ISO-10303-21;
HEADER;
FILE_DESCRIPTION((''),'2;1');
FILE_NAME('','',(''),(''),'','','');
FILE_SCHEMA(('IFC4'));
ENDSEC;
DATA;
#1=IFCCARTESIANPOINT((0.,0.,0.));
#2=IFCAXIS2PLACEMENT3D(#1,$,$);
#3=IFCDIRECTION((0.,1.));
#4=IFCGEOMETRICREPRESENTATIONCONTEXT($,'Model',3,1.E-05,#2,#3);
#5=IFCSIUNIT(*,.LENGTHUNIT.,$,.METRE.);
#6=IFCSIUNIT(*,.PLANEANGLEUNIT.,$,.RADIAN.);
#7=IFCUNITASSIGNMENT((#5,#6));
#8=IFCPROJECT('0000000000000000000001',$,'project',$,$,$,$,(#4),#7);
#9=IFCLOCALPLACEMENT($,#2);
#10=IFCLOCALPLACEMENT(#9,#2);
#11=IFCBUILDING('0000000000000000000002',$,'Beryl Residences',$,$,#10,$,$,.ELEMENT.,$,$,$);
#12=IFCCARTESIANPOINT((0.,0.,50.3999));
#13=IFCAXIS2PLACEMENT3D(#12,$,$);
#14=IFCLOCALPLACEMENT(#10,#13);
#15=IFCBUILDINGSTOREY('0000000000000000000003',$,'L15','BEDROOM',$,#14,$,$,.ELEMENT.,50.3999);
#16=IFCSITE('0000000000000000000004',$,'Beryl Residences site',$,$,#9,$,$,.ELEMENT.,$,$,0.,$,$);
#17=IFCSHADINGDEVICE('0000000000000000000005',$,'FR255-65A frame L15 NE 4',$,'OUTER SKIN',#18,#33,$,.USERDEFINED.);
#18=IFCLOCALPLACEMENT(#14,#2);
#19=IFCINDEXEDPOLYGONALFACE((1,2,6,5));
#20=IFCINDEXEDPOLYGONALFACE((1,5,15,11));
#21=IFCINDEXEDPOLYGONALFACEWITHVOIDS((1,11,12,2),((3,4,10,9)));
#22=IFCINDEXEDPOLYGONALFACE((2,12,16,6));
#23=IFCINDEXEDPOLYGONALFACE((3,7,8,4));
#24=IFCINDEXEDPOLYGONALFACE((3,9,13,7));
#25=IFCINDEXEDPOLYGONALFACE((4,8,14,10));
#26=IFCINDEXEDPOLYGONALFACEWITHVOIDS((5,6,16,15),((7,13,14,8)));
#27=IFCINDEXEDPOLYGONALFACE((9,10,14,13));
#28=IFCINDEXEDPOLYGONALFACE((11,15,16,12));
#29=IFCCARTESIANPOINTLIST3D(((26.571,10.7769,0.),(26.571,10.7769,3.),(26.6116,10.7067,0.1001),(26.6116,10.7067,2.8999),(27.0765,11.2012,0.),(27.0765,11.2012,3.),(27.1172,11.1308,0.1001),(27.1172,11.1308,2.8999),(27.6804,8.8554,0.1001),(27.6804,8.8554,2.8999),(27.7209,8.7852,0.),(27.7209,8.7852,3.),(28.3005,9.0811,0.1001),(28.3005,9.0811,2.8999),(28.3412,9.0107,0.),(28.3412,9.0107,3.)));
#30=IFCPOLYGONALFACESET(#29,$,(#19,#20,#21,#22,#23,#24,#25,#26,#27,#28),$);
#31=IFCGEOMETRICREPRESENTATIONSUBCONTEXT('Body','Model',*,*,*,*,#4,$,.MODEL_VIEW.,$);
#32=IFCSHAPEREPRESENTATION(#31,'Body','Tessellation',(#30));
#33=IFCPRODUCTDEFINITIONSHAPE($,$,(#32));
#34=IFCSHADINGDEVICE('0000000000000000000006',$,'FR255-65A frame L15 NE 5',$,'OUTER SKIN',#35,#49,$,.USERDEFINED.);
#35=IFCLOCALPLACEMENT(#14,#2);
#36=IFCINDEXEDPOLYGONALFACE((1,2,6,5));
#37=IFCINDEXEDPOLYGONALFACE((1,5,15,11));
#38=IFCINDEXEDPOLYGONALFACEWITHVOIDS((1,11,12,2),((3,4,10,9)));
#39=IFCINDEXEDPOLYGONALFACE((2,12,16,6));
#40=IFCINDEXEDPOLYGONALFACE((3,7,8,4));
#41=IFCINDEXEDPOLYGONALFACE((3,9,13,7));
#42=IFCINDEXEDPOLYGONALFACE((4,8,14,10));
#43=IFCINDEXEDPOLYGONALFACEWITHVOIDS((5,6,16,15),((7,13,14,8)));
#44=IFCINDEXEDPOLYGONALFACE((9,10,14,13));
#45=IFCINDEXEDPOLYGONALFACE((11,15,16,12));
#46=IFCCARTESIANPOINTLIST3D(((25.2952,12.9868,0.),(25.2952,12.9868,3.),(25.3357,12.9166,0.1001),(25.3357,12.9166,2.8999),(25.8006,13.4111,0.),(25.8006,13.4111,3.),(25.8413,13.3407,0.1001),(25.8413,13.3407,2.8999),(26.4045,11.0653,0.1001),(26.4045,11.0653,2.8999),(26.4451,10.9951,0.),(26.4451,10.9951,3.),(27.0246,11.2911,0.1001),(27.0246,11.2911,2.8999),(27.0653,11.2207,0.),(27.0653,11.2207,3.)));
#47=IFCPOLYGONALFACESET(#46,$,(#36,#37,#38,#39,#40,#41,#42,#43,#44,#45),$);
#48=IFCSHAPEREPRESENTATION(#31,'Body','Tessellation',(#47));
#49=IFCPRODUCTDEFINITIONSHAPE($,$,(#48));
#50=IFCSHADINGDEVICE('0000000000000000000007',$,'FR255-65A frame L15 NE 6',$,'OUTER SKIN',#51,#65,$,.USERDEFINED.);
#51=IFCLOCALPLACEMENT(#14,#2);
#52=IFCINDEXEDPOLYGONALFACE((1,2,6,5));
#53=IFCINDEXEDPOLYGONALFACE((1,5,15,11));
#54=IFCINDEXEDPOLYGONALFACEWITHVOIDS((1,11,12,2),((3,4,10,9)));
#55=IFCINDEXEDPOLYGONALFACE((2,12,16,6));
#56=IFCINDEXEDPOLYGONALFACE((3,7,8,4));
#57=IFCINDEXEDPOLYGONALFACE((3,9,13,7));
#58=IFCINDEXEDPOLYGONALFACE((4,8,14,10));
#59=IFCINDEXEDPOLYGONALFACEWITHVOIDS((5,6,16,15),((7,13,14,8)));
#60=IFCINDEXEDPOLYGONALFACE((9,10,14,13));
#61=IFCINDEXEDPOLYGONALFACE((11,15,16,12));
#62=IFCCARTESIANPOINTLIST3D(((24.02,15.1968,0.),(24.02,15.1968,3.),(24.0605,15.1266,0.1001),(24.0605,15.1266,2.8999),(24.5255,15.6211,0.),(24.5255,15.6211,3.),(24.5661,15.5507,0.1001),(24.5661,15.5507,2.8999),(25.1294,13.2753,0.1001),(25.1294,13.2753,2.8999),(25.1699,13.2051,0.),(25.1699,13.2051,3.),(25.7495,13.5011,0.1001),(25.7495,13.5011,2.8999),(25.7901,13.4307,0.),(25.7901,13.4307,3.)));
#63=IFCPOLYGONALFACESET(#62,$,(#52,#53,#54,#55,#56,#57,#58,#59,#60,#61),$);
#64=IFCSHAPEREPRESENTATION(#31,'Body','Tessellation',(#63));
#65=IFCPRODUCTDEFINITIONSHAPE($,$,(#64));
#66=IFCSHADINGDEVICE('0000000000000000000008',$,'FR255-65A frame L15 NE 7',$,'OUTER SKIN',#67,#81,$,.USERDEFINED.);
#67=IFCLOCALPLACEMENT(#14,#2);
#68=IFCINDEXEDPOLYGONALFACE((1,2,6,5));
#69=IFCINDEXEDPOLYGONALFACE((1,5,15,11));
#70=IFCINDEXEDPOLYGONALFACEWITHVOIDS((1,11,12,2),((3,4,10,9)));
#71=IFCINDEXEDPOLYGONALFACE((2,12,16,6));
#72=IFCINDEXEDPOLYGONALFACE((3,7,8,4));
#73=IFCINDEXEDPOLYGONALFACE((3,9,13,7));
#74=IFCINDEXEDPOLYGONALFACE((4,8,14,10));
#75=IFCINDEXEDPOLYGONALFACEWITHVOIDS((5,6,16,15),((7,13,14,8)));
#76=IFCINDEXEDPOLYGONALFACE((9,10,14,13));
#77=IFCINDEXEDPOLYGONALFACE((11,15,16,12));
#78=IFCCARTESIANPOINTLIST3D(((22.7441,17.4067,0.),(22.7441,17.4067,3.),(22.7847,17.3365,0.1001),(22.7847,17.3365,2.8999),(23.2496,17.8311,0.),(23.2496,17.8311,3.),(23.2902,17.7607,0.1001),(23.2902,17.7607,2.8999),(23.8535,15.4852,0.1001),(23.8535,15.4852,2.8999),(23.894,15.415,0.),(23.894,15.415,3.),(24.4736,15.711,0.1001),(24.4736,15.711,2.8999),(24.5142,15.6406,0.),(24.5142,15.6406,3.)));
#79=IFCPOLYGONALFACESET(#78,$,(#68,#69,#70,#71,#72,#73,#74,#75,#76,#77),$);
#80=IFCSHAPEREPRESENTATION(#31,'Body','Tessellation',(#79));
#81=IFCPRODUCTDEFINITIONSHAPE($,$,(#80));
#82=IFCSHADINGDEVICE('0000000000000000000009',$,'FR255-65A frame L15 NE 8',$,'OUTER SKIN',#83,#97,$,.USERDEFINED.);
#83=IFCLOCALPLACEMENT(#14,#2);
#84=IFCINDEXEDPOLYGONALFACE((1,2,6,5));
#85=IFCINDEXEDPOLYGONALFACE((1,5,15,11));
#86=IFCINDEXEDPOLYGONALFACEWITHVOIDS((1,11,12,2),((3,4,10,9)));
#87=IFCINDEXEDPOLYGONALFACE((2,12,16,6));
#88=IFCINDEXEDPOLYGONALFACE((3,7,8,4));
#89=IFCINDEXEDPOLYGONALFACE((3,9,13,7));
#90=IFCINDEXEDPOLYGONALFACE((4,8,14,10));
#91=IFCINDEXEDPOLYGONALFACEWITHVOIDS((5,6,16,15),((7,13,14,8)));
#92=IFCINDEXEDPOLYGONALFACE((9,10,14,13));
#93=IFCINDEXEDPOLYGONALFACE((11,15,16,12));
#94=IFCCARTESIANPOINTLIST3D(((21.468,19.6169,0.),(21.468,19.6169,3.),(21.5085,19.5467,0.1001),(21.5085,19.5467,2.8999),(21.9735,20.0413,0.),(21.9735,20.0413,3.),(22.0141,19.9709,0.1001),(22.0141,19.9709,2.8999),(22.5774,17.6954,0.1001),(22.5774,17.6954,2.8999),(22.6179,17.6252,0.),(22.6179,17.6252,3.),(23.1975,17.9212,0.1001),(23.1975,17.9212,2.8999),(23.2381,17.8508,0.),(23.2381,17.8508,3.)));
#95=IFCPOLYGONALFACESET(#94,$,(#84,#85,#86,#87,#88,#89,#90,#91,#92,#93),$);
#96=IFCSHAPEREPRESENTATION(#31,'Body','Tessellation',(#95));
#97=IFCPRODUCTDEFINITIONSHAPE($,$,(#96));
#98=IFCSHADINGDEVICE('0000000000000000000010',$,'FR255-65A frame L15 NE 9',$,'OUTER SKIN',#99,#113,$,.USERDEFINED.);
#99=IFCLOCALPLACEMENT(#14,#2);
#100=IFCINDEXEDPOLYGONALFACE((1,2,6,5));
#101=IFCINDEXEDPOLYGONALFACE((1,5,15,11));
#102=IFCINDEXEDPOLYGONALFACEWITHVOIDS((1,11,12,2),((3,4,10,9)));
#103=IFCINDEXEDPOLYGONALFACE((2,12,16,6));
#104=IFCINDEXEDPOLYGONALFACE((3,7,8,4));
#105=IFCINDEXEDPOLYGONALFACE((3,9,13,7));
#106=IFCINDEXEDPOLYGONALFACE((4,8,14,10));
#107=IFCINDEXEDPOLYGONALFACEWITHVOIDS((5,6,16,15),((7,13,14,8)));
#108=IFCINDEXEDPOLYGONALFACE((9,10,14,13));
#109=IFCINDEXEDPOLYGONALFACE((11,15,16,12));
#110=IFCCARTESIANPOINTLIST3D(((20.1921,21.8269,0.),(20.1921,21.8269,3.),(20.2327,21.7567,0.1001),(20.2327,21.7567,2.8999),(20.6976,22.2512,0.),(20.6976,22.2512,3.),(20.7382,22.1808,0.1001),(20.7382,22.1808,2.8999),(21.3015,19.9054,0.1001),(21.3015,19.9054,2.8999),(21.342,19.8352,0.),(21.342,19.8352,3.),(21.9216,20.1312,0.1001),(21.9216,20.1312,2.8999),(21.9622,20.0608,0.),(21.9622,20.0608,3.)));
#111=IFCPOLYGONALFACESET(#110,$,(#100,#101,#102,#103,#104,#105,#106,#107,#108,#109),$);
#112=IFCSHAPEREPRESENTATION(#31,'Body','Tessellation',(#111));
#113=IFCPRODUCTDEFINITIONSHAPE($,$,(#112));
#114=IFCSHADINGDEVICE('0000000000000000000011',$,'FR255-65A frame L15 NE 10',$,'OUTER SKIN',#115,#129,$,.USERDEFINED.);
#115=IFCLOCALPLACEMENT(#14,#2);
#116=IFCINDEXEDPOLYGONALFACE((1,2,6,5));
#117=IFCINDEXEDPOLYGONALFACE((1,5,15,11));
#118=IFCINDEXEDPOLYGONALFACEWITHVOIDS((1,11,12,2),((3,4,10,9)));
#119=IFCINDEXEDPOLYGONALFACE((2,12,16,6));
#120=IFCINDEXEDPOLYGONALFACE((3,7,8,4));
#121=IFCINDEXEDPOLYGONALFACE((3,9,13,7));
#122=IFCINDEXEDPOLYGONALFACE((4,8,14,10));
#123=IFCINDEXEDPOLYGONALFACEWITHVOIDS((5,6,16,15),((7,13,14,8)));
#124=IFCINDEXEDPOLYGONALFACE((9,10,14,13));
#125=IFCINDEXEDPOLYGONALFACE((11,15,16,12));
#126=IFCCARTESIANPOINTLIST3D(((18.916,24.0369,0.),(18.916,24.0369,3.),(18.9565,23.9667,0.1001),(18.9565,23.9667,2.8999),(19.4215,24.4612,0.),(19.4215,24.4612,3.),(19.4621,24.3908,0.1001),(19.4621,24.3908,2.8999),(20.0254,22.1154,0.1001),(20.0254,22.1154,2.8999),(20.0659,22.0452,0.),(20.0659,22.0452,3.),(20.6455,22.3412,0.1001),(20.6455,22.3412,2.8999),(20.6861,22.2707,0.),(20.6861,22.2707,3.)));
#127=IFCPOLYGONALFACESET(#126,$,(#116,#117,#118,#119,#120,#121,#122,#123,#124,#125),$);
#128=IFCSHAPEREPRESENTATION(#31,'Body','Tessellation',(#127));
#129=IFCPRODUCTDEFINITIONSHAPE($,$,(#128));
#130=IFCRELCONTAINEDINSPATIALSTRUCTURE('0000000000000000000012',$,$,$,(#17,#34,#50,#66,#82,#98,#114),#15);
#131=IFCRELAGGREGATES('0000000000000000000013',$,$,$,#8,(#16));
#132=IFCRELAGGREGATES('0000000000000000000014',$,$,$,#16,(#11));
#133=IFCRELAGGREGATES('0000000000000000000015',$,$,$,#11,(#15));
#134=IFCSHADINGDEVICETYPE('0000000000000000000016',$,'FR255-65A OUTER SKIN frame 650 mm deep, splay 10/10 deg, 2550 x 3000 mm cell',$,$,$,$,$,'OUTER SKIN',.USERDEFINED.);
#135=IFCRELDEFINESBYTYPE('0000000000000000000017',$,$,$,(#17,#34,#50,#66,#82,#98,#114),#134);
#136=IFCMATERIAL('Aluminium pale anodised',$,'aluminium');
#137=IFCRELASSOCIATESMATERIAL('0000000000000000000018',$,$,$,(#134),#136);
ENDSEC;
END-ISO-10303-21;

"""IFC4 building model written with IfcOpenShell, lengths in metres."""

from ifc_helpers import new_model, entity, si_unit, direction, frame, origin, place, context, subcontext, project, spatial, source, transform, mapped, material, type_object, type_shapes, element, save


model = new_model("IFC4")

# Units and contexts
model_context = context("Model", 3, precision=1e-05, world=origin(), true_north=direction((0.0, 1.0)))
body_context = subcontext(model_context, "Body", "Model", "MODEL_VIEW")
ifc_project = project(units=[si_unit("LENGTHUNIT", "METRE"), si_unit("PLANEANGLEUNIT", "RADIAN")], contexts=[model_context])

# Site, building, storey
site_placement = place(None, origin())
site = spatial("IfcSite", under=ifc_project, at=site_placement, Name="Beryl Residences site", CompositionType="ELEMENT", RefElevation=0.0)
building_placement = place(site_placement, origin())
building = spatial("IfcBuilding", under=site, at=building_placement, Name="Beryl Residences", CompositionType="ELEMENT")
storey_placement = place(building_placement, frame((0.0, 0.0, 50.3999)))
storey = spatial("IfcBuildingStorey", under=building, at=storey_placement, Name="L15", Description="BEDROOM", CompositionType="ELEMENT", Elevation=50.3999)

# Shading devices
ifc_material_1 = material(Name="Aluminium pale anodised", Category="aluminium")
shading_device_type_1 = type_object("IfcShadingDeviceType", Name="FR255-65A OUTER SKIN frame 650 mm deep, splay 10/10 deg, 2550 x 3000 mm cell", ElementType="OUTER SKIN", PredefinedType="USERDEFINED", material=ifc_material_1)
cartesian_point_1 = entity("IfcCartesianPoint", [-1.1499, 0.0])
cartesian_point_2 = entity("IfcCartesianPoint", [-1.0688, 0.1001])
cartesian_point_3 = entity("IfcCartesianPoint", [-1.2646, 0.0])
cartesian_point_4 = entity("IfcCartesianPoint", [-1.1833, 0.1001])
shared_shape_1 = source(origin(), body_context, "Body", "SweptSolid", [
    entity("IfcExtrudedAreaSolidTapered", entity("IfcArbitraryProfileDefWithVoids", "AREA", None, entity("IfcPolyline", [cartesian_point_1, entity("IfcCartesianPoint", [1.1499, 0.0]), entity("IfcCartesianPoint", [1.1499, 3.0]), entity("IfcCartesianPoint", [-1.1499, 3.0]), cartesian_point_1]), [entity("IfcPolyline", [cartesian_point_2, entity("IfcCartesianPoint", [1.0688, 0.1001]), entity("IfcCartesianPoint", [1.0688, 2.8999]), entity("IfcCartesianPoint", [-1.0688, 2.8999]), cartesian_point_2])]), entity("IfcAxis2Placement3D", entity("IfcCartesianPoint", [0.0, 0.0, 0.0]), entity("IfcDirection", [0.0, 1.0, 0.0]), entity("IfcDirection", [-1.0, 0.0, 0.0])), entity("IfcDirection", [0.0, 0.0, 1.0]), 0.6499, entity("IfcArbitraryProfileDefWithVoids", "AREA", None, entity("IfcPolyline", [cartesian_point_3, entity("IfcCartesianPoint", [1.2646, 0.0]), entity("IfcCartesianPoint", [1.2646, 3.0]), entity("IfcCartesianPoint", [-1.2646, 3.0]), cartesian_point_3]), [entity("IfcPolyline", [cartesian_point_4, entity("IfcCartesianPoint", [1.1833, 0.1001]), entity("IfcCartesianPoint", [1.1833, 2.8999]), entity("IfcCartesianPoint", [-1.1833, 2.8999]), cartesian_point_4])])),
])
type_shapes(shading_device_type_1, [shared_shape_1])
for number, where, z_axis, x_axis, name in (
    (1, (27.146, 9.781, 0.0), (0.0, 0.0, 1.0), (0.5, -0.866025, 0.0), "FR255-65A frame L15 NE 4"),
    (2, (25.8701, 11.991, 0.0), (0.0, 0.0, 1.0), (0.5, -0.866025, 0.0), "FR255-65A frame L15 NE 5"),
    (3, (24.595, 14.2009, 0.0), (0.0, 0.0, 1.0), (0.5, -0.866025, 0.0), "FR255-65A frame L15 NE 6"),
    (4, (23.3191, 16.4109, 0.0), (0.0, 0.0, 1.0), (0.5, -0.866025, 0.0), "FR255-65A frame L15 NE 7"),
    (5, (22.043, 18.6211, 0.0), (0.0, 0.0, 1.0), (0.5, -0.866025, 0.0), "FR255-65A frame L15 NE 8"),
    (6, (20.7671, 20.8311, 0.0), (0.0, 0.0, 1.0), (0.5, -0.866025, 0.0), "FR255-65A frame L15 NE 9"),
    (7, (19.491, 23.041, 0.0), (0.0, 0.0, 1.0), (0.5, -0.866025, 0.0), "FR255-65A frame L15 NE 10"),
):
    element("IfcShadingDevice", number, at=place(storey_placement, frame(where, z_axis=z_axis, x_axis=x_axis)), inside=storey, type_object=shading_device_type_1, Name=name, ObjectType="OUTER SKIN", PredefinedType="USERDEFINED", context=body_context, shape_type="MappedRepresentation", body=[
        mapped(shared_shape_1, transform((0.0, 0.0, 0.0))),
    ])

save(model, "model.ifc")
